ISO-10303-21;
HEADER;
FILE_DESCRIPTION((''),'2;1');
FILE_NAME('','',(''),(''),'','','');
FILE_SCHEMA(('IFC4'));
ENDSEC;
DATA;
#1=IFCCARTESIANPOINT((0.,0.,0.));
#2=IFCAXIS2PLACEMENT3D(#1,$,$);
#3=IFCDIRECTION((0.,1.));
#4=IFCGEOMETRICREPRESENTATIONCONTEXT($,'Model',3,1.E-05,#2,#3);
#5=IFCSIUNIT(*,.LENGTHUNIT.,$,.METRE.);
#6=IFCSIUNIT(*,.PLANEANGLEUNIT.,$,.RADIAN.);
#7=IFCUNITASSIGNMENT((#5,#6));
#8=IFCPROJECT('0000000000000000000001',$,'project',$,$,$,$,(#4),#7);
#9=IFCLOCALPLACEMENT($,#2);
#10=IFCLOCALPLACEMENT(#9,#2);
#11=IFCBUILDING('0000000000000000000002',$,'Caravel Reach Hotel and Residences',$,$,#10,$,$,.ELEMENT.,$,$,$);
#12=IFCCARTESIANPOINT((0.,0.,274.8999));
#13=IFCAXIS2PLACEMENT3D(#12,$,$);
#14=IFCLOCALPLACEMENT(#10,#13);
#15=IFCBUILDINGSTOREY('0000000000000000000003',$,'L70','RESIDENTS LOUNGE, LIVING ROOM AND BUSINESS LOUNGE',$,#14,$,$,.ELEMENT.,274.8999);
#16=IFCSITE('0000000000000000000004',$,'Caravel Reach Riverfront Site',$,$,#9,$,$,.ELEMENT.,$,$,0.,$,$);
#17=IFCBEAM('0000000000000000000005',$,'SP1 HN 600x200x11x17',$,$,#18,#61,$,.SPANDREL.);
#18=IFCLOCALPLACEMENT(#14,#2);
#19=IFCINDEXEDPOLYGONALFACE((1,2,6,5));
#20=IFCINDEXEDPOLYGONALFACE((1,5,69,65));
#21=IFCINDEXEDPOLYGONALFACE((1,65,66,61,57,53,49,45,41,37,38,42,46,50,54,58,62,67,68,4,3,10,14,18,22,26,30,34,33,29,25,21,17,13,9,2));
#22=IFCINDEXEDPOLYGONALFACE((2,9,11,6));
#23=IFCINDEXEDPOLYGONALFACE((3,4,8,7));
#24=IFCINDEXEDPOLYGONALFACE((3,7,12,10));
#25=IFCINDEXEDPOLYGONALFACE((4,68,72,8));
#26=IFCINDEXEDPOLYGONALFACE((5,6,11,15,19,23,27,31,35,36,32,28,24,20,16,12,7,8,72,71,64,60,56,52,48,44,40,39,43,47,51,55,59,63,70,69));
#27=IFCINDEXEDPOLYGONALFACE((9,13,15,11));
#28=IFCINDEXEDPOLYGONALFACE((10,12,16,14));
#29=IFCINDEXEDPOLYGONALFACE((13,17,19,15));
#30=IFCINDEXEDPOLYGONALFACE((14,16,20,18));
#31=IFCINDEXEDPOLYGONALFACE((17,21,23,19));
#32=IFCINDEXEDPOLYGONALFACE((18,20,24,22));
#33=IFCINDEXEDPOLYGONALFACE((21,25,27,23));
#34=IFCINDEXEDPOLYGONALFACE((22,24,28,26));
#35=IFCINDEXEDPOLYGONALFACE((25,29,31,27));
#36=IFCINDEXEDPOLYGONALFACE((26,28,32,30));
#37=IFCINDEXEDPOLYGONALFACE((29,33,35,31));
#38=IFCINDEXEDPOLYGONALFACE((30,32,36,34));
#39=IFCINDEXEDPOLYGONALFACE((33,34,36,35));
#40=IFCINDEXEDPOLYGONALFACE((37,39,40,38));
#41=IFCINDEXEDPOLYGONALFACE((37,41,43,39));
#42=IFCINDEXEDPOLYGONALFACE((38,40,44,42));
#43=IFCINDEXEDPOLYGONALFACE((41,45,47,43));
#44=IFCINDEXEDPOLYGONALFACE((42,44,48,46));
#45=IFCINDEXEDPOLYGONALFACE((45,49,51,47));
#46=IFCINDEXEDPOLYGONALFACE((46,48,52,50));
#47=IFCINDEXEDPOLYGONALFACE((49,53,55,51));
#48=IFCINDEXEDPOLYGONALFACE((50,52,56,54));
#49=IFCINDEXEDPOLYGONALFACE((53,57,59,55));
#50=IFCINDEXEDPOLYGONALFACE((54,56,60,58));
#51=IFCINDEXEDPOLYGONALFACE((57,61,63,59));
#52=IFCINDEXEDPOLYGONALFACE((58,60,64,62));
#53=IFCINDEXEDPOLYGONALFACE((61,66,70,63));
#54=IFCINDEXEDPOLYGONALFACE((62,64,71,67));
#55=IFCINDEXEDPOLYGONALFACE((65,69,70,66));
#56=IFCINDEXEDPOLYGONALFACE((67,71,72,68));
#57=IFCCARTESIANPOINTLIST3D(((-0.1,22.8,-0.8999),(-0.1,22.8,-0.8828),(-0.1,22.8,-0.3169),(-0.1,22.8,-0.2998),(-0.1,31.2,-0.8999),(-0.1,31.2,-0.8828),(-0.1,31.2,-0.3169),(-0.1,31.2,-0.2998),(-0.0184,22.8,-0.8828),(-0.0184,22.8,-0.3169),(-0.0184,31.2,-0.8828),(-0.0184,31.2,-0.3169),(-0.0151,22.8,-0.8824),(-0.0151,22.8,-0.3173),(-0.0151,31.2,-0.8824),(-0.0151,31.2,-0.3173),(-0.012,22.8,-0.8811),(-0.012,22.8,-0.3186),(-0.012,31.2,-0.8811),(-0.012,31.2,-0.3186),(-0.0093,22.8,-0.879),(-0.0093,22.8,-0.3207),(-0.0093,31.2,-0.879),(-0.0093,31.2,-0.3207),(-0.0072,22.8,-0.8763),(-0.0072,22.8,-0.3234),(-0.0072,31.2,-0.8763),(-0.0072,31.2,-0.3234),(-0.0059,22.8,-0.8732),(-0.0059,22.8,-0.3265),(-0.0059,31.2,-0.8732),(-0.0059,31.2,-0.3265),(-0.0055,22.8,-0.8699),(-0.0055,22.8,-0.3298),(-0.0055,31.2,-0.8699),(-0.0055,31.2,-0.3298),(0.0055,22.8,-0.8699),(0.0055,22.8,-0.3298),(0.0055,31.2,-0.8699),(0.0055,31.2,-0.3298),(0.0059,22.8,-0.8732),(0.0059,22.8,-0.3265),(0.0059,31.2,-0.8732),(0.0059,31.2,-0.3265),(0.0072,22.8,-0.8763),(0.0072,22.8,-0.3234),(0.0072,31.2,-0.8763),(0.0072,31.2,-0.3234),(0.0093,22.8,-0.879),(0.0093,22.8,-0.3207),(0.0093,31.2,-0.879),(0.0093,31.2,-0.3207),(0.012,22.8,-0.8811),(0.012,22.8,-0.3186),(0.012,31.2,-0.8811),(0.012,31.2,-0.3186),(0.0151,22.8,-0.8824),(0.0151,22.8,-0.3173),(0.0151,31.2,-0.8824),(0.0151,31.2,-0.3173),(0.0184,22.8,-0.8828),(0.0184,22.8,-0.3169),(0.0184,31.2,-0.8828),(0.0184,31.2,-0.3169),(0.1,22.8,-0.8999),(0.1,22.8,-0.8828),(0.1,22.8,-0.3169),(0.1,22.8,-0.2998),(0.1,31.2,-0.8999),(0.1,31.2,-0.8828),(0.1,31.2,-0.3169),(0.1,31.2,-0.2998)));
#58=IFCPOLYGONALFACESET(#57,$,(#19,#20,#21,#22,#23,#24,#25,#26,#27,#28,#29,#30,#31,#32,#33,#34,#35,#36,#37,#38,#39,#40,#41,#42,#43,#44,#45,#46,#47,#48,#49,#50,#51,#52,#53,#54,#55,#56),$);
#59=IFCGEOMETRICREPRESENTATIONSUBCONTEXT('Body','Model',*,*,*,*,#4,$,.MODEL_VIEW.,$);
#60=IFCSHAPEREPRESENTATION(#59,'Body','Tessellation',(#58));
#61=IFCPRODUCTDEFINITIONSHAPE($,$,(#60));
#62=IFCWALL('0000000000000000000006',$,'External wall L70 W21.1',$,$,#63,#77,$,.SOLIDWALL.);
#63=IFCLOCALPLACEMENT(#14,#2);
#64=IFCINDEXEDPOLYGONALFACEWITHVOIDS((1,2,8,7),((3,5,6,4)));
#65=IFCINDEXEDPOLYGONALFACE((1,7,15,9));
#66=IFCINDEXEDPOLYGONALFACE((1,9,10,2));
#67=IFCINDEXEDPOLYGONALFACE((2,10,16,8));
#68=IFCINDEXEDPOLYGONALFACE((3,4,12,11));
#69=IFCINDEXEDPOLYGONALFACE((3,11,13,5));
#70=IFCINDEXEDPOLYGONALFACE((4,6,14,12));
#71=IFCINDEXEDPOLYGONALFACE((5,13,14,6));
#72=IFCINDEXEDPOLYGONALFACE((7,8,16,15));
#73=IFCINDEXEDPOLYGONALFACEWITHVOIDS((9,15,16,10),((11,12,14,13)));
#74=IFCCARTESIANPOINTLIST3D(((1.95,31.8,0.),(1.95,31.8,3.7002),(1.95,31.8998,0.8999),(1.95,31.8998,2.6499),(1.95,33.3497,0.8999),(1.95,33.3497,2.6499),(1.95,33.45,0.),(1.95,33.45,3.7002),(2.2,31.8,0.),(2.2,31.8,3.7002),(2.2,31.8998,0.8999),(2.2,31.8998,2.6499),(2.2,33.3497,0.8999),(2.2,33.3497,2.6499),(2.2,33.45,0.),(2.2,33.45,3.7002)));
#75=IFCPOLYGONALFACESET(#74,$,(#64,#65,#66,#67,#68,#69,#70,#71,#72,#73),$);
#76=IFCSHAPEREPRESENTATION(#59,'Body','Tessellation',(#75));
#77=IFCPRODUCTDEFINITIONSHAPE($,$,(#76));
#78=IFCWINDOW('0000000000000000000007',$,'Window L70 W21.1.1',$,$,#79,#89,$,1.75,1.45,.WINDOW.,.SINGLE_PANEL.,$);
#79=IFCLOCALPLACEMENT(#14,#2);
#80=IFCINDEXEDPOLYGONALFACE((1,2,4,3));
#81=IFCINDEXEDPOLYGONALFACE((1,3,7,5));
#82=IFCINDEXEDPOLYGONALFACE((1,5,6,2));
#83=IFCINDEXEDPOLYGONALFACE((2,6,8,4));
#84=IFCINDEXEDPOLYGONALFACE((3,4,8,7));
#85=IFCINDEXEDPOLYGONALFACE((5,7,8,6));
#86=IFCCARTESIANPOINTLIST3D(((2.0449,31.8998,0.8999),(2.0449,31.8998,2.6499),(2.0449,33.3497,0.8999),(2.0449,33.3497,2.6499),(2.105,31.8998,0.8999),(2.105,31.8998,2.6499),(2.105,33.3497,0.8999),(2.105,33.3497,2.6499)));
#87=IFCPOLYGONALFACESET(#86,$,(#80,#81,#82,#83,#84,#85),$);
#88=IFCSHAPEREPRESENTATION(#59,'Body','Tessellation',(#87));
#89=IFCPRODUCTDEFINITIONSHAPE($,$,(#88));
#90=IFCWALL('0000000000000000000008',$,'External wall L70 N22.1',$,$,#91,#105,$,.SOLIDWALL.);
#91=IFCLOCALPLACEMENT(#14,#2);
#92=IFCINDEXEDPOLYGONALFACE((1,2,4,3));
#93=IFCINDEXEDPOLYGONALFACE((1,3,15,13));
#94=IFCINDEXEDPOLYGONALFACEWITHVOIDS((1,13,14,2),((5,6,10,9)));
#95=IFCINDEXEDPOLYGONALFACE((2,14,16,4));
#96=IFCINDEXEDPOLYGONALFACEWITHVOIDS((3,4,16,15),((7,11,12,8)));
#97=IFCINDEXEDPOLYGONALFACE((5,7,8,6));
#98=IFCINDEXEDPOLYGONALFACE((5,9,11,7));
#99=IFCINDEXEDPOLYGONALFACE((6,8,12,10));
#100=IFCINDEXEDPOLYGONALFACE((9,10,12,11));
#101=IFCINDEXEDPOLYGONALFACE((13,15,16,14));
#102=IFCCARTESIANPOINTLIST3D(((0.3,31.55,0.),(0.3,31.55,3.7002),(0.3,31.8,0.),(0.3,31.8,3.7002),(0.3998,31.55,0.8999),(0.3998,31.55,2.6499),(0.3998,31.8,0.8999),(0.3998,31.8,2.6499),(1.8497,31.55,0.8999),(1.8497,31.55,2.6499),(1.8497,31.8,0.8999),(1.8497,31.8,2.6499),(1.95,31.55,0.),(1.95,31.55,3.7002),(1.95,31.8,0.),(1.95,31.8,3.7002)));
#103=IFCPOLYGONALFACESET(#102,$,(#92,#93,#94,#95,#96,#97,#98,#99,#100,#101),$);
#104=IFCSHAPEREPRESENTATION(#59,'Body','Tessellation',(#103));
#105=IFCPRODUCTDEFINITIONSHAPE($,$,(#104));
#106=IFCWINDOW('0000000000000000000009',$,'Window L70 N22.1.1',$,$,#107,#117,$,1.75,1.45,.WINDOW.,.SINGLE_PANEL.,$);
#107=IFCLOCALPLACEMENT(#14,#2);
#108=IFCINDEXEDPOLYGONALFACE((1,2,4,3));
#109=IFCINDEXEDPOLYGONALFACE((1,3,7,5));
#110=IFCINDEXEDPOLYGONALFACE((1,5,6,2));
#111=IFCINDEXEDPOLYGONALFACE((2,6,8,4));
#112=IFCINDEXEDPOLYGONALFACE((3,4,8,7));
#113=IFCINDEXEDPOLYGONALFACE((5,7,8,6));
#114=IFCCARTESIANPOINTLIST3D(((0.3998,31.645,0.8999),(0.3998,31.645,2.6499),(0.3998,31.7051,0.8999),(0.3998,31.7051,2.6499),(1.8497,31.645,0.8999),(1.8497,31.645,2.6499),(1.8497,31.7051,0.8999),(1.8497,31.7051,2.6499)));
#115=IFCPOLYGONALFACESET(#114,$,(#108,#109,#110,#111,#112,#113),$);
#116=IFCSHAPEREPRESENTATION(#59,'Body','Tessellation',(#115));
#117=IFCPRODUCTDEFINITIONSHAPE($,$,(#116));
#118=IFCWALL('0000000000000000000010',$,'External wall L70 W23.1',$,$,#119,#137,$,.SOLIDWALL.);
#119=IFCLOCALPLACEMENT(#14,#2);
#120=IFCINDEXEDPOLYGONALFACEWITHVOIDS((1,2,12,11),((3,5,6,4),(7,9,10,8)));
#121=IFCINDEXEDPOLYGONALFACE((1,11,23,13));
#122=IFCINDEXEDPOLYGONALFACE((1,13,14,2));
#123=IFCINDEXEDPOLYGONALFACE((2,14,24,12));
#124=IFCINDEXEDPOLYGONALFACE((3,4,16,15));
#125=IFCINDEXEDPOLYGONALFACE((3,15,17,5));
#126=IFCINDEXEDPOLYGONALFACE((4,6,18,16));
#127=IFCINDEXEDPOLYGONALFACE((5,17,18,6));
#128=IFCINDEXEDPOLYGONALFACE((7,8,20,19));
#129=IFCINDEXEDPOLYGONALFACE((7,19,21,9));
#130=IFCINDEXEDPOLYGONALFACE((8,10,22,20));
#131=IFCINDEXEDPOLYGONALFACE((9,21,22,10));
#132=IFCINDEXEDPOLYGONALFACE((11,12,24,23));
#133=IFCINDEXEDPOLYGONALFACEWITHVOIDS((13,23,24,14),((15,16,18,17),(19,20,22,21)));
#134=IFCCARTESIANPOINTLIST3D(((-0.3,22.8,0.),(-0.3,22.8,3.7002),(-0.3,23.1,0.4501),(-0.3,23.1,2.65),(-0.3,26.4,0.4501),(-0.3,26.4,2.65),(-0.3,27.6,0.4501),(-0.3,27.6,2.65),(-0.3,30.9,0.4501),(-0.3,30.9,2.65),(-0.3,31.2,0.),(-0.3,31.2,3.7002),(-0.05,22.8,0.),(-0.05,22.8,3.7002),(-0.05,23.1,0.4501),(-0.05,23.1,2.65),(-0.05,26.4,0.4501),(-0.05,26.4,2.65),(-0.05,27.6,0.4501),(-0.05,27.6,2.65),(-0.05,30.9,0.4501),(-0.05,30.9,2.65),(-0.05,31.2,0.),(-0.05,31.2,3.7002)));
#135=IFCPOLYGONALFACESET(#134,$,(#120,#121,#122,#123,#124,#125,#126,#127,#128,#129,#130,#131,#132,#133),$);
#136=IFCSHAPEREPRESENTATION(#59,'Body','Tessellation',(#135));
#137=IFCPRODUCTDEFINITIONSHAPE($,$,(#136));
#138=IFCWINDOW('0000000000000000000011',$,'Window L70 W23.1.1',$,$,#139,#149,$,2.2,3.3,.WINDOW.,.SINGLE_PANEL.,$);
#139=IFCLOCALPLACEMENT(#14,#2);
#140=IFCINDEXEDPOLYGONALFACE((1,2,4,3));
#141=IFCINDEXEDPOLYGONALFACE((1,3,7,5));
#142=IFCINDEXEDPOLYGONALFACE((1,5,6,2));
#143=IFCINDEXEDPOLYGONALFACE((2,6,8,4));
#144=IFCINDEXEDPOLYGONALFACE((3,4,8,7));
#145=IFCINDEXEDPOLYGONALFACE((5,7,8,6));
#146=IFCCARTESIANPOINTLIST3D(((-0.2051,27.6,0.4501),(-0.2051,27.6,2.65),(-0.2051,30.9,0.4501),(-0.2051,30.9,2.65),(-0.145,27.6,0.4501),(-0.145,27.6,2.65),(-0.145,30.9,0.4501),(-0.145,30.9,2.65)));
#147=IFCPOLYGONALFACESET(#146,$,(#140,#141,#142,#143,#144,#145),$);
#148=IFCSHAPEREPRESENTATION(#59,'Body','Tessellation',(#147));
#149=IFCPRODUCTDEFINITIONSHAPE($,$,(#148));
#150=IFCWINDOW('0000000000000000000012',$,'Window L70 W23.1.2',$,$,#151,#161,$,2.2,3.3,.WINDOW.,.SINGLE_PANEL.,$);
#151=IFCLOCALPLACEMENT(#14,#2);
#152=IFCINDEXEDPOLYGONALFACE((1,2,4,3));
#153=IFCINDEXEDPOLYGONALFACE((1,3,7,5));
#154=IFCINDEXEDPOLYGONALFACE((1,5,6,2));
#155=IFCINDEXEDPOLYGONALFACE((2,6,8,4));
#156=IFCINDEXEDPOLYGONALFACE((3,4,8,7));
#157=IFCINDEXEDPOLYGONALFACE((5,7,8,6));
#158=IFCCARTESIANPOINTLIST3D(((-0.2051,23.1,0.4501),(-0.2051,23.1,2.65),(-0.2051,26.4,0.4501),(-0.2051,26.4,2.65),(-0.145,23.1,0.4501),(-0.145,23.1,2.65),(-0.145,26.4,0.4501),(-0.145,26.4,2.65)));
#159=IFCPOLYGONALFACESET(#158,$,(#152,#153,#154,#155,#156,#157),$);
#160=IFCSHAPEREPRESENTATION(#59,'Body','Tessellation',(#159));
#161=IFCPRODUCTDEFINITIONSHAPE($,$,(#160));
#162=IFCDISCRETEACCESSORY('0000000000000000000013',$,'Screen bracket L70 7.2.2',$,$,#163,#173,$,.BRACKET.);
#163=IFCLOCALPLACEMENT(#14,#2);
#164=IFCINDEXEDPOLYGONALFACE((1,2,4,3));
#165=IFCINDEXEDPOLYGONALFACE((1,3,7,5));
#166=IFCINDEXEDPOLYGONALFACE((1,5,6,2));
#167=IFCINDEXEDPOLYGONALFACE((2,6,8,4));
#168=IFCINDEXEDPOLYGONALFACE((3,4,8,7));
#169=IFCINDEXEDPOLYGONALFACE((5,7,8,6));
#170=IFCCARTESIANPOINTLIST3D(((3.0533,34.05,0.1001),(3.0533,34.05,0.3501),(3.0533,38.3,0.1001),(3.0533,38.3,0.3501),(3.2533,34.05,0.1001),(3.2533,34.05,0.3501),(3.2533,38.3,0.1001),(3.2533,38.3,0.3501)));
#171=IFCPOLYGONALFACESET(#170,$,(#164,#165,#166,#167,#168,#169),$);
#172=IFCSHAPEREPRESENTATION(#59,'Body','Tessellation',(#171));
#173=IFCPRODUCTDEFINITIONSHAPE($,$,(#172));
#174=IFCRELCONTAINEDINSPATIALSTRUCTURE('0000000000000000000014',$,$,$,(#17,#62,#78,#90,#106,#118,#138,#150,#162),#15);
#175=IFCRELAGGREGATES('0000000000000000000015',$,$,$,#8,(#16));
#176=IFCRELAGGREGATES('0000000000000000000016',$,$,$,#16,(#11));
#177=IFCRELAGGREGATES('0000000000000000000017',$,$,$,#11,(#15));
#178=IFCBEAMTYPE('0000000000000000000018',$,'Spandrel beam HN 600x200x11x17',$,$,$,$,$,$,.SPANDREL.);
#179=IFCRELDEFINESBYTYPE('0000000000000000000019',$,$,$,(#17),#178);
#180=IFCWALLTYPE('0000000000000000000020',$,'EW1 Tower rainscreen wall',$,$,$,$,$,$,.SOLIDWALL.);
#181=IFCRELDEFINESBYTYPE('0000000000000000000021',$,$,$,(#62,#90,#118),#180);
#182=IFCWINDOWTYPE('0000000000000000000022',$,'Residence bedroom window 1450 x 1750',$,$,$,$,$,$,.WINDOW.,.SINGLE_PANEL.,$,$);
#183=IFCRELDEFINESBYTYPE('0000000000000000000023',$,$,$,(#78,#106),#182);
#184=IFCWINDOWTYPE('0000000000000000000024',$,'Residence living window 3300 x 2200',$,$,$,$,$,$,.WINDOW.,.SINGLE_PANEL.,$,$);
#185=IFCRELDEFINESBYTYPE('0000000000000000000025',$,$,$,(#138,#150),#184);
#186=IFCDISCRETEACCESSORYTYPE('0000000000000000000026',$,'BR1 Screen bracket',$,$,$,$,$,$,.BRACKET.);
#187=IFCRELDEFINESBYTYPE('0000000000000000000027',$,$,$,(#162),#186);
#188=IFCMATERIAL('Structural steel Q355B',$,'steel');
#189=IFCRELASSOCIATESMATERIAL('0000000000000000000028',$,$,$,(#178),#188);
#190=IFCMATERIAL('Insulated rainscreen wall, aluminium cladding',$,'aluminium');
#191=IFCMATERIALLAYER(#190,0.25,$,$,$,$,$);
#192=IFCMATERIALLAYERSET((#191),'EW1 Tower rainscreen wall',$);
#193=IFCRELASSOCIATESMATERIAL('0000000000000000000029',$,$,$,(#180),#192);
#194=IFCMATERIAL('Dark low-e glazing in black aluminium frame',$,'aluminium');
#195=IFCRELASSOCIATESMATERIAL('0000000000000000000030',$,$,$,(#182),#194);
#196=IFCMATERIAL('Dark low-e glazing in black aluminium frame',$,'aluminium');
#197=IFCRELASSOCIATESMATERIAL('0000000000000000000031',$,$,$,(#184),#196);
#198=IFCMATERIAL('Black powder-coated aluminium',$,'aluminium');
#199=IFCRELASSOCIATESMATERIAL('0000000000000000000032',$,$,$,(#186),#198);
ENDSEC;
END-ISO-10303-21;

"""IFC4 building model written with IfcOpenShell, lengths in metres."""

from ifc_helpers import new_model, si_unit, direction, frame, frame_2d, origin, origin_2d, place, context, subcontext, project, spatial, rectangle, i_section, extrude, material, layer, layer_set, material_profile, profile_set, type_object, element, fill, save


model = new_model("IFC4")

# Units and contexts
model_context = context("Model", 3, precision=1e-05, world=origin(), true_north=direction((0.0, 1.0)))
body_context = subcontext(model_context, "Body", "Model", "MODEL_VIEW")
ifc_project = project(units=[si_unit("LENGTHUNIT", "METRE"), si_unit("PLANEANGLEUNIT", "RADIAN")], contexts=[model_context])

# Site, building, storey
site_placement = place(None, origin())
site = spatial("IfcSite", under=ifc_project, at=site_placement, Name="Caravel Reach Riverfront Site", CompositionType="ELEMENT", RefElevation=0.0)
building_placement = place(site_placement, origin())
building = spatial("IfcBuilding", under=site, at=building_placement, Name="Caravel Reach Hotel and Residences", CompositionType="ELEMENT")
storey_placement = place(building_placement, frame((0.0, 0.0, 274.8999)))
storey = spatial("IfcBuildingStorey", under=building, at=storey_placement, Name="L70", Description="RESIDENTS LOUNGE, LIVING ROOM AND BUSINESS LOUNGE", CompositionType="ELEMENT", Elevation=274.8999)

# Beam
ifc_material_1 = material(Name="Structural steel Q355B", Category="steel")
ifc_material_profile_1 = material_profile(ifc_material_1, i_section(OverallWidth=0.2, OverallDepth=0.6001, WebThickness=0.011, FlangeThickness=0.0171, FilletRadius=0.0129, at=origin_2d()), Name="HN 600x200x11x17")
ifc_profile_set_1 = profile_set([ifc_material_profile_1], Name="Structural steel Q355B")
beam_type = type_object("IfcBeamType", Name="Spandrel beam HN 600x200x11x17", PredefinedType="SPANDREL", material=ifc_profile_set_1)
beam_placement = place(storey_placement, frame((0.0, 31.2, -0.5999), z_axis=(0.0, -1.0, 0.0), x_axis=(1.0, 0.0, 0.0)))
element("IfcBeam", 1, at=beam_placement, inside=storey, type_object=beam_type, Name="SP1 HN 600x200x11x17", PredefinedType="SPANDREL", context=body_context, shape_type="SweptSolid", body=[
    extrude(i_section(OverallWidth=0.2, OverallDepth=0.6001, WebThickness=0.011, FlangeThickness=0.0171, FilletRadius=0.0129, at=origin_2d()), origin(), (0.0, 0.0, 1.0), 8.3999),
])

# Walls, openings, windows
ifc_material_2 = material(Name="Insulated rainscreen wall, aluminium cladding", Category="aluminium")
ifc_layer = layer(ifc_material_2, 0.25)
ifc_layer_set = layer_set([ifc_layer], Name="EW1 Tower rainscreen wall")
wall_type = type_object("IfcWallType", Name="EW1 Tower rainscreen wall", PredefinedType="SOLIDWALL", material=ifc_layer_set)
wall_1_placement = place(storey_placement, frame((2.075, 33.45, 0.0), z_axis=(0.0, 0.0, 1.0), x_axis=(0.0, -1.0, 0.0)))
wall_1 = element("IfcWall", 2, at=wall_1_placement, inside=storey, type_object=wall_type, Name="External wall L70 W21.1", PredefinedType="SOLIDWALL", context=body_context, shape_type="SweptSolid", body=[
    extrude(rectangle(XDim=1.6499, YDim=0.25, at=frame_2d((0.825, 0.0))), origin(), (0.0, 0.0, 1.0), 3.7002),
])
opening_1_placement = place(wall_1_placement, frame((0.1001, 0.0, 0.8999)))
opening_1 = element("IfcOpeningElement", 3, at=opening_1_placement, cuts=wall_1, PredefinedType="OPENING", context=body_context, shape_type="SweptSolid", body=[
    extrude(rectangle(XDim=1.45, YDim=1.75, at=frame_2d((0.7251, 0.875))), frame((0.0, 0.135, 0.0), z_axis=(0.0, -1.0, 0.0), x_axis=(1.0, 0.0, 0.0)), (0.0, 0.0, 1.0), 0.27),
])
ifc_material_3 = material(Name="Dark low-e glazing in black aluminium frame", Category="aluminium")
window_type_1 = type_object("IfcWindowType", Name="Residence bedroom window 1450 x 1750", PartitioningType="SINGLE_PANEL", PredefinedType="WINDOW", material=ifc_material_3)
window_1_placement = place(opening_1_placement, origin())
window_1 = element("IfcWindow", 4, at=window_1_placement, inside=storey, type_object=window_type_1, Name="Window L70 W21.1.1", OverallHeight=1.75, OverallWidth=1.45, PartitioningType="SINGLE_PANEL", PredefinedType="WINDOW", context=body_context, shape_type="SweptSolid", body=[
    extrude(rectangle(XDim=1.45, YDim=1.75, at=frame_2d((0.7251, 0.875))), frame((0.0, 0.03, 0.0), z_axis=(0.0, -1.0, 0.0), x_axis=(1.0, 0.0, 0.0)), (0.0, 0.0, 1.0), 0.0601),
])
fill(opening_1, window_1)
wall_2_placement = place(storey_placement, frame((1.95, 31.675, 0.0), z_axis=(0.0, 0.0, 1.0), x_axis=(-1.0, 0.0, 0.0)))
wall_2 = element("IfcWall", 5, at=wall_2_placement, inside=storey, type_object=wall_type, Name="External wall L70 N22.1", PredefinedType="SOLIDWALL", context=body_context, shape_type="SweptSolid", body=[
    extrude(rectangle(XDim=1.6499, YDim=0.25, at=frame_2d((0.825, 0.0))), origin(), (0.0, 0.0, 1.0), 3.7002),
])
opening_2_placement = place(wall_2_placement, frame((0.1001, 0.0, 0.8999)))
opening_2 = element("IfcOpeningElement", 6, at=opening_2_placement, cuts=wall_2, PredefinedType="OPENING", context=body_context, shape_type="SweptSolid", body=[
    extrude(rectangle(XDim=1.45, YDim=1.75, at=frame_2d((0.7251, 0.875))), frame((0.0, 0.135, 0.0), z_axis=(0.0, -1.0, 0.0), x_axis=(1.0, 0.0, 0.0)), (0.0, 0.0, 1.0), 0.27),
])
window_2_placement = place(opening_2_placement, origin())
window_2 = element("IfcWindow", 7, at=window_2_placement, inside=storey, type_object=window_type_1, Name="Window L70 N22.1.1", OverallHeight=1.75, OverallWidth=1.45, PartitioningType="SINGLE_PANEL", PredefinedType="WINDOW", context=body_context, shape_type="SweptSolid", body=[
    extrude(rectangle(XDim=1.45, YDim=1.75, at=frame_2d((0.7251, 0.875))), frame((0.0, 0.03, 0.0), z_axis=(0.0, -1.0, 0.0), x_axis=(1.0, 0.0, 0.0)), (0.0, 0.0, 1.0), 0.0601),
])
fill(opening_2, window_2)

# Wall, openings, windows
wall_3_placement = place(storey_placement, frame((-0.175, 31.2, 0.0), z_axis=(0.0, 0.0, 1.0), x_axis=(0.0, -1.0, 0.0)))
wall_3 = element("IfcWall", 8, at=wall_3_placement, inside=storey, type_object=wall_type, Name="External wall L70 W23.1", PredefinedType="SOLIDWALL", context=body_context, shape_type="SweptSolid", body=[
    extrude(rectangle(XDim=8.3999, YDim=0.25, at=frame_2d((4.2, 0.0))), origin(), (0.0, 0.0, 1.0), 3.7002),
])
opening_3_placement = place(wall_3_placement, frame((0.3, 0.0, 0.45)))
opening_3 = element("IfcOpeningElement", 9, at=opening_3_placement, cuts=wall_3, PredefinedType="OPENING", context=body_context, shape_type="SweptSolid", body=[
    extrude(rectangle(XDim=3.3, YDim=2.2, at=frame_2d((1.6499, 1.1001))), frame((0.0, 0.135, 0.0), z_axis=(0.0, -1.0, 0.0), x_axis=(1.0, 0.0, 0.0)), (0.0, 0.0, 1.0), 0.27),
])
opening_4_placement = place(wall_3_placement, frame((4.8, 0.0, 0.45)))
opening_4 = element("IfcOpeningElement", 10, at=opening_4_placement, cuts=wall_3, PredefinedType="OPENING", context=body_context, shape_type="SweptSolid", body=[
    extrude(rectangle(XDim=3.3, YDim=2.2, at=frame_2d((1.6499, 1.1001))), frame((0.0, 0.135, 0.0), z_axis=(0.0, -1.0, 0.0), x_axis=(1.0, 0.0, 0.0)), (0.0, 0.0, 1.0), 0.27),
])
ifc_material_4 = material(Name="Dark low-e glazing in black aluminium frame", Category="aluminium")
window_type_2 = type_object("IfcWindowType", Name="Residence living window 3300 x 2200", PartitioningType="SINGLE_PANEL", PredefinedType="WINDOW", material=ifc_material_4)
window_3_placement = place(opening_3_placement, origin())
window_3 = element("IfcWindow", 11, at=window_3_placement, inside=storey, type_object=window_type_2, Name="Window L70 W23.1.1", OverallHeight=2.2, OverallWidth=3.3, PartitioningType="SINGLE_PANEL", PredefinedType="WINDOW", context=body_context, shape_type="SweptSolid", body=[
    extrude(rectangle(XDim=3.3, YDim=2.2, at=frame_2d((1.6499, 1.1001))), frame((0.0, 0.03, 0.0), z_axis=(0.0, -1.0, 0.0), x_axis=(1.0, 0.0, 0.0)), (0.0, 0.0, 1.0), 0.0601),
])
fill(opening_3, window_3)
window_4_placement = place(opening_4_placement, origin())
window_4 = element("IfcWindow", 12, at=window_4_placement, inside=storey, type_object=window_type_2, Name="Window L70 W23.1.2", OverallHeight=2.2, OverallWidth=3.3, PartitioningType="SINGLE_PANEL", PredefinedType="WINDOW", context=body_context, shape_type="SweptSolid", body=[
    extrude(rectangle(XDim=3.3, YDim=2.2, at=frame_2d((1.6499, 1.1001))), frame((0.0, 0.03, 0.0), z_axis=(0.0, -1.0, 0.0), x_axis=(1.0, 0.0, 0.0)), (0.0, 0.0, 1.0), 0.0601),
])
fill(opening_4, window_4)

# Discrete accessory
ifc_material_5 = material(Name="Black powder-coated aluminium", Category="aluminium")
discrete_accessory_type = type_object("IfcDiscreteAccessoryType", Name="BR1 Screen bracket", PredefinedType="BRACKET", material=ifc_material_5)
discrete_accessory_1_placement = place(storey_placement, frame((3.1533, 36.175, 0.1001), z_axis=(0.0, 0.0, 1.0), x_axis=(0.0, 1.0, 0.0)))
element("IfcDiscreteAccessory", 13, at=discrete_accessory_1_placement, inside=storey, type_object=discrete_accessory_type, Name="Screen bracket L70 7.2.2", PredefinedType="BRACKET", context=body_context, shape_type="SweptSolid", body=[
    extrude(rectangle(XDim=4.25, YDim=0.2, at=origin_2d()), origin(), (0.0, 0.0, 1.0), 0.25),
])

save(model, "model.ifc")
